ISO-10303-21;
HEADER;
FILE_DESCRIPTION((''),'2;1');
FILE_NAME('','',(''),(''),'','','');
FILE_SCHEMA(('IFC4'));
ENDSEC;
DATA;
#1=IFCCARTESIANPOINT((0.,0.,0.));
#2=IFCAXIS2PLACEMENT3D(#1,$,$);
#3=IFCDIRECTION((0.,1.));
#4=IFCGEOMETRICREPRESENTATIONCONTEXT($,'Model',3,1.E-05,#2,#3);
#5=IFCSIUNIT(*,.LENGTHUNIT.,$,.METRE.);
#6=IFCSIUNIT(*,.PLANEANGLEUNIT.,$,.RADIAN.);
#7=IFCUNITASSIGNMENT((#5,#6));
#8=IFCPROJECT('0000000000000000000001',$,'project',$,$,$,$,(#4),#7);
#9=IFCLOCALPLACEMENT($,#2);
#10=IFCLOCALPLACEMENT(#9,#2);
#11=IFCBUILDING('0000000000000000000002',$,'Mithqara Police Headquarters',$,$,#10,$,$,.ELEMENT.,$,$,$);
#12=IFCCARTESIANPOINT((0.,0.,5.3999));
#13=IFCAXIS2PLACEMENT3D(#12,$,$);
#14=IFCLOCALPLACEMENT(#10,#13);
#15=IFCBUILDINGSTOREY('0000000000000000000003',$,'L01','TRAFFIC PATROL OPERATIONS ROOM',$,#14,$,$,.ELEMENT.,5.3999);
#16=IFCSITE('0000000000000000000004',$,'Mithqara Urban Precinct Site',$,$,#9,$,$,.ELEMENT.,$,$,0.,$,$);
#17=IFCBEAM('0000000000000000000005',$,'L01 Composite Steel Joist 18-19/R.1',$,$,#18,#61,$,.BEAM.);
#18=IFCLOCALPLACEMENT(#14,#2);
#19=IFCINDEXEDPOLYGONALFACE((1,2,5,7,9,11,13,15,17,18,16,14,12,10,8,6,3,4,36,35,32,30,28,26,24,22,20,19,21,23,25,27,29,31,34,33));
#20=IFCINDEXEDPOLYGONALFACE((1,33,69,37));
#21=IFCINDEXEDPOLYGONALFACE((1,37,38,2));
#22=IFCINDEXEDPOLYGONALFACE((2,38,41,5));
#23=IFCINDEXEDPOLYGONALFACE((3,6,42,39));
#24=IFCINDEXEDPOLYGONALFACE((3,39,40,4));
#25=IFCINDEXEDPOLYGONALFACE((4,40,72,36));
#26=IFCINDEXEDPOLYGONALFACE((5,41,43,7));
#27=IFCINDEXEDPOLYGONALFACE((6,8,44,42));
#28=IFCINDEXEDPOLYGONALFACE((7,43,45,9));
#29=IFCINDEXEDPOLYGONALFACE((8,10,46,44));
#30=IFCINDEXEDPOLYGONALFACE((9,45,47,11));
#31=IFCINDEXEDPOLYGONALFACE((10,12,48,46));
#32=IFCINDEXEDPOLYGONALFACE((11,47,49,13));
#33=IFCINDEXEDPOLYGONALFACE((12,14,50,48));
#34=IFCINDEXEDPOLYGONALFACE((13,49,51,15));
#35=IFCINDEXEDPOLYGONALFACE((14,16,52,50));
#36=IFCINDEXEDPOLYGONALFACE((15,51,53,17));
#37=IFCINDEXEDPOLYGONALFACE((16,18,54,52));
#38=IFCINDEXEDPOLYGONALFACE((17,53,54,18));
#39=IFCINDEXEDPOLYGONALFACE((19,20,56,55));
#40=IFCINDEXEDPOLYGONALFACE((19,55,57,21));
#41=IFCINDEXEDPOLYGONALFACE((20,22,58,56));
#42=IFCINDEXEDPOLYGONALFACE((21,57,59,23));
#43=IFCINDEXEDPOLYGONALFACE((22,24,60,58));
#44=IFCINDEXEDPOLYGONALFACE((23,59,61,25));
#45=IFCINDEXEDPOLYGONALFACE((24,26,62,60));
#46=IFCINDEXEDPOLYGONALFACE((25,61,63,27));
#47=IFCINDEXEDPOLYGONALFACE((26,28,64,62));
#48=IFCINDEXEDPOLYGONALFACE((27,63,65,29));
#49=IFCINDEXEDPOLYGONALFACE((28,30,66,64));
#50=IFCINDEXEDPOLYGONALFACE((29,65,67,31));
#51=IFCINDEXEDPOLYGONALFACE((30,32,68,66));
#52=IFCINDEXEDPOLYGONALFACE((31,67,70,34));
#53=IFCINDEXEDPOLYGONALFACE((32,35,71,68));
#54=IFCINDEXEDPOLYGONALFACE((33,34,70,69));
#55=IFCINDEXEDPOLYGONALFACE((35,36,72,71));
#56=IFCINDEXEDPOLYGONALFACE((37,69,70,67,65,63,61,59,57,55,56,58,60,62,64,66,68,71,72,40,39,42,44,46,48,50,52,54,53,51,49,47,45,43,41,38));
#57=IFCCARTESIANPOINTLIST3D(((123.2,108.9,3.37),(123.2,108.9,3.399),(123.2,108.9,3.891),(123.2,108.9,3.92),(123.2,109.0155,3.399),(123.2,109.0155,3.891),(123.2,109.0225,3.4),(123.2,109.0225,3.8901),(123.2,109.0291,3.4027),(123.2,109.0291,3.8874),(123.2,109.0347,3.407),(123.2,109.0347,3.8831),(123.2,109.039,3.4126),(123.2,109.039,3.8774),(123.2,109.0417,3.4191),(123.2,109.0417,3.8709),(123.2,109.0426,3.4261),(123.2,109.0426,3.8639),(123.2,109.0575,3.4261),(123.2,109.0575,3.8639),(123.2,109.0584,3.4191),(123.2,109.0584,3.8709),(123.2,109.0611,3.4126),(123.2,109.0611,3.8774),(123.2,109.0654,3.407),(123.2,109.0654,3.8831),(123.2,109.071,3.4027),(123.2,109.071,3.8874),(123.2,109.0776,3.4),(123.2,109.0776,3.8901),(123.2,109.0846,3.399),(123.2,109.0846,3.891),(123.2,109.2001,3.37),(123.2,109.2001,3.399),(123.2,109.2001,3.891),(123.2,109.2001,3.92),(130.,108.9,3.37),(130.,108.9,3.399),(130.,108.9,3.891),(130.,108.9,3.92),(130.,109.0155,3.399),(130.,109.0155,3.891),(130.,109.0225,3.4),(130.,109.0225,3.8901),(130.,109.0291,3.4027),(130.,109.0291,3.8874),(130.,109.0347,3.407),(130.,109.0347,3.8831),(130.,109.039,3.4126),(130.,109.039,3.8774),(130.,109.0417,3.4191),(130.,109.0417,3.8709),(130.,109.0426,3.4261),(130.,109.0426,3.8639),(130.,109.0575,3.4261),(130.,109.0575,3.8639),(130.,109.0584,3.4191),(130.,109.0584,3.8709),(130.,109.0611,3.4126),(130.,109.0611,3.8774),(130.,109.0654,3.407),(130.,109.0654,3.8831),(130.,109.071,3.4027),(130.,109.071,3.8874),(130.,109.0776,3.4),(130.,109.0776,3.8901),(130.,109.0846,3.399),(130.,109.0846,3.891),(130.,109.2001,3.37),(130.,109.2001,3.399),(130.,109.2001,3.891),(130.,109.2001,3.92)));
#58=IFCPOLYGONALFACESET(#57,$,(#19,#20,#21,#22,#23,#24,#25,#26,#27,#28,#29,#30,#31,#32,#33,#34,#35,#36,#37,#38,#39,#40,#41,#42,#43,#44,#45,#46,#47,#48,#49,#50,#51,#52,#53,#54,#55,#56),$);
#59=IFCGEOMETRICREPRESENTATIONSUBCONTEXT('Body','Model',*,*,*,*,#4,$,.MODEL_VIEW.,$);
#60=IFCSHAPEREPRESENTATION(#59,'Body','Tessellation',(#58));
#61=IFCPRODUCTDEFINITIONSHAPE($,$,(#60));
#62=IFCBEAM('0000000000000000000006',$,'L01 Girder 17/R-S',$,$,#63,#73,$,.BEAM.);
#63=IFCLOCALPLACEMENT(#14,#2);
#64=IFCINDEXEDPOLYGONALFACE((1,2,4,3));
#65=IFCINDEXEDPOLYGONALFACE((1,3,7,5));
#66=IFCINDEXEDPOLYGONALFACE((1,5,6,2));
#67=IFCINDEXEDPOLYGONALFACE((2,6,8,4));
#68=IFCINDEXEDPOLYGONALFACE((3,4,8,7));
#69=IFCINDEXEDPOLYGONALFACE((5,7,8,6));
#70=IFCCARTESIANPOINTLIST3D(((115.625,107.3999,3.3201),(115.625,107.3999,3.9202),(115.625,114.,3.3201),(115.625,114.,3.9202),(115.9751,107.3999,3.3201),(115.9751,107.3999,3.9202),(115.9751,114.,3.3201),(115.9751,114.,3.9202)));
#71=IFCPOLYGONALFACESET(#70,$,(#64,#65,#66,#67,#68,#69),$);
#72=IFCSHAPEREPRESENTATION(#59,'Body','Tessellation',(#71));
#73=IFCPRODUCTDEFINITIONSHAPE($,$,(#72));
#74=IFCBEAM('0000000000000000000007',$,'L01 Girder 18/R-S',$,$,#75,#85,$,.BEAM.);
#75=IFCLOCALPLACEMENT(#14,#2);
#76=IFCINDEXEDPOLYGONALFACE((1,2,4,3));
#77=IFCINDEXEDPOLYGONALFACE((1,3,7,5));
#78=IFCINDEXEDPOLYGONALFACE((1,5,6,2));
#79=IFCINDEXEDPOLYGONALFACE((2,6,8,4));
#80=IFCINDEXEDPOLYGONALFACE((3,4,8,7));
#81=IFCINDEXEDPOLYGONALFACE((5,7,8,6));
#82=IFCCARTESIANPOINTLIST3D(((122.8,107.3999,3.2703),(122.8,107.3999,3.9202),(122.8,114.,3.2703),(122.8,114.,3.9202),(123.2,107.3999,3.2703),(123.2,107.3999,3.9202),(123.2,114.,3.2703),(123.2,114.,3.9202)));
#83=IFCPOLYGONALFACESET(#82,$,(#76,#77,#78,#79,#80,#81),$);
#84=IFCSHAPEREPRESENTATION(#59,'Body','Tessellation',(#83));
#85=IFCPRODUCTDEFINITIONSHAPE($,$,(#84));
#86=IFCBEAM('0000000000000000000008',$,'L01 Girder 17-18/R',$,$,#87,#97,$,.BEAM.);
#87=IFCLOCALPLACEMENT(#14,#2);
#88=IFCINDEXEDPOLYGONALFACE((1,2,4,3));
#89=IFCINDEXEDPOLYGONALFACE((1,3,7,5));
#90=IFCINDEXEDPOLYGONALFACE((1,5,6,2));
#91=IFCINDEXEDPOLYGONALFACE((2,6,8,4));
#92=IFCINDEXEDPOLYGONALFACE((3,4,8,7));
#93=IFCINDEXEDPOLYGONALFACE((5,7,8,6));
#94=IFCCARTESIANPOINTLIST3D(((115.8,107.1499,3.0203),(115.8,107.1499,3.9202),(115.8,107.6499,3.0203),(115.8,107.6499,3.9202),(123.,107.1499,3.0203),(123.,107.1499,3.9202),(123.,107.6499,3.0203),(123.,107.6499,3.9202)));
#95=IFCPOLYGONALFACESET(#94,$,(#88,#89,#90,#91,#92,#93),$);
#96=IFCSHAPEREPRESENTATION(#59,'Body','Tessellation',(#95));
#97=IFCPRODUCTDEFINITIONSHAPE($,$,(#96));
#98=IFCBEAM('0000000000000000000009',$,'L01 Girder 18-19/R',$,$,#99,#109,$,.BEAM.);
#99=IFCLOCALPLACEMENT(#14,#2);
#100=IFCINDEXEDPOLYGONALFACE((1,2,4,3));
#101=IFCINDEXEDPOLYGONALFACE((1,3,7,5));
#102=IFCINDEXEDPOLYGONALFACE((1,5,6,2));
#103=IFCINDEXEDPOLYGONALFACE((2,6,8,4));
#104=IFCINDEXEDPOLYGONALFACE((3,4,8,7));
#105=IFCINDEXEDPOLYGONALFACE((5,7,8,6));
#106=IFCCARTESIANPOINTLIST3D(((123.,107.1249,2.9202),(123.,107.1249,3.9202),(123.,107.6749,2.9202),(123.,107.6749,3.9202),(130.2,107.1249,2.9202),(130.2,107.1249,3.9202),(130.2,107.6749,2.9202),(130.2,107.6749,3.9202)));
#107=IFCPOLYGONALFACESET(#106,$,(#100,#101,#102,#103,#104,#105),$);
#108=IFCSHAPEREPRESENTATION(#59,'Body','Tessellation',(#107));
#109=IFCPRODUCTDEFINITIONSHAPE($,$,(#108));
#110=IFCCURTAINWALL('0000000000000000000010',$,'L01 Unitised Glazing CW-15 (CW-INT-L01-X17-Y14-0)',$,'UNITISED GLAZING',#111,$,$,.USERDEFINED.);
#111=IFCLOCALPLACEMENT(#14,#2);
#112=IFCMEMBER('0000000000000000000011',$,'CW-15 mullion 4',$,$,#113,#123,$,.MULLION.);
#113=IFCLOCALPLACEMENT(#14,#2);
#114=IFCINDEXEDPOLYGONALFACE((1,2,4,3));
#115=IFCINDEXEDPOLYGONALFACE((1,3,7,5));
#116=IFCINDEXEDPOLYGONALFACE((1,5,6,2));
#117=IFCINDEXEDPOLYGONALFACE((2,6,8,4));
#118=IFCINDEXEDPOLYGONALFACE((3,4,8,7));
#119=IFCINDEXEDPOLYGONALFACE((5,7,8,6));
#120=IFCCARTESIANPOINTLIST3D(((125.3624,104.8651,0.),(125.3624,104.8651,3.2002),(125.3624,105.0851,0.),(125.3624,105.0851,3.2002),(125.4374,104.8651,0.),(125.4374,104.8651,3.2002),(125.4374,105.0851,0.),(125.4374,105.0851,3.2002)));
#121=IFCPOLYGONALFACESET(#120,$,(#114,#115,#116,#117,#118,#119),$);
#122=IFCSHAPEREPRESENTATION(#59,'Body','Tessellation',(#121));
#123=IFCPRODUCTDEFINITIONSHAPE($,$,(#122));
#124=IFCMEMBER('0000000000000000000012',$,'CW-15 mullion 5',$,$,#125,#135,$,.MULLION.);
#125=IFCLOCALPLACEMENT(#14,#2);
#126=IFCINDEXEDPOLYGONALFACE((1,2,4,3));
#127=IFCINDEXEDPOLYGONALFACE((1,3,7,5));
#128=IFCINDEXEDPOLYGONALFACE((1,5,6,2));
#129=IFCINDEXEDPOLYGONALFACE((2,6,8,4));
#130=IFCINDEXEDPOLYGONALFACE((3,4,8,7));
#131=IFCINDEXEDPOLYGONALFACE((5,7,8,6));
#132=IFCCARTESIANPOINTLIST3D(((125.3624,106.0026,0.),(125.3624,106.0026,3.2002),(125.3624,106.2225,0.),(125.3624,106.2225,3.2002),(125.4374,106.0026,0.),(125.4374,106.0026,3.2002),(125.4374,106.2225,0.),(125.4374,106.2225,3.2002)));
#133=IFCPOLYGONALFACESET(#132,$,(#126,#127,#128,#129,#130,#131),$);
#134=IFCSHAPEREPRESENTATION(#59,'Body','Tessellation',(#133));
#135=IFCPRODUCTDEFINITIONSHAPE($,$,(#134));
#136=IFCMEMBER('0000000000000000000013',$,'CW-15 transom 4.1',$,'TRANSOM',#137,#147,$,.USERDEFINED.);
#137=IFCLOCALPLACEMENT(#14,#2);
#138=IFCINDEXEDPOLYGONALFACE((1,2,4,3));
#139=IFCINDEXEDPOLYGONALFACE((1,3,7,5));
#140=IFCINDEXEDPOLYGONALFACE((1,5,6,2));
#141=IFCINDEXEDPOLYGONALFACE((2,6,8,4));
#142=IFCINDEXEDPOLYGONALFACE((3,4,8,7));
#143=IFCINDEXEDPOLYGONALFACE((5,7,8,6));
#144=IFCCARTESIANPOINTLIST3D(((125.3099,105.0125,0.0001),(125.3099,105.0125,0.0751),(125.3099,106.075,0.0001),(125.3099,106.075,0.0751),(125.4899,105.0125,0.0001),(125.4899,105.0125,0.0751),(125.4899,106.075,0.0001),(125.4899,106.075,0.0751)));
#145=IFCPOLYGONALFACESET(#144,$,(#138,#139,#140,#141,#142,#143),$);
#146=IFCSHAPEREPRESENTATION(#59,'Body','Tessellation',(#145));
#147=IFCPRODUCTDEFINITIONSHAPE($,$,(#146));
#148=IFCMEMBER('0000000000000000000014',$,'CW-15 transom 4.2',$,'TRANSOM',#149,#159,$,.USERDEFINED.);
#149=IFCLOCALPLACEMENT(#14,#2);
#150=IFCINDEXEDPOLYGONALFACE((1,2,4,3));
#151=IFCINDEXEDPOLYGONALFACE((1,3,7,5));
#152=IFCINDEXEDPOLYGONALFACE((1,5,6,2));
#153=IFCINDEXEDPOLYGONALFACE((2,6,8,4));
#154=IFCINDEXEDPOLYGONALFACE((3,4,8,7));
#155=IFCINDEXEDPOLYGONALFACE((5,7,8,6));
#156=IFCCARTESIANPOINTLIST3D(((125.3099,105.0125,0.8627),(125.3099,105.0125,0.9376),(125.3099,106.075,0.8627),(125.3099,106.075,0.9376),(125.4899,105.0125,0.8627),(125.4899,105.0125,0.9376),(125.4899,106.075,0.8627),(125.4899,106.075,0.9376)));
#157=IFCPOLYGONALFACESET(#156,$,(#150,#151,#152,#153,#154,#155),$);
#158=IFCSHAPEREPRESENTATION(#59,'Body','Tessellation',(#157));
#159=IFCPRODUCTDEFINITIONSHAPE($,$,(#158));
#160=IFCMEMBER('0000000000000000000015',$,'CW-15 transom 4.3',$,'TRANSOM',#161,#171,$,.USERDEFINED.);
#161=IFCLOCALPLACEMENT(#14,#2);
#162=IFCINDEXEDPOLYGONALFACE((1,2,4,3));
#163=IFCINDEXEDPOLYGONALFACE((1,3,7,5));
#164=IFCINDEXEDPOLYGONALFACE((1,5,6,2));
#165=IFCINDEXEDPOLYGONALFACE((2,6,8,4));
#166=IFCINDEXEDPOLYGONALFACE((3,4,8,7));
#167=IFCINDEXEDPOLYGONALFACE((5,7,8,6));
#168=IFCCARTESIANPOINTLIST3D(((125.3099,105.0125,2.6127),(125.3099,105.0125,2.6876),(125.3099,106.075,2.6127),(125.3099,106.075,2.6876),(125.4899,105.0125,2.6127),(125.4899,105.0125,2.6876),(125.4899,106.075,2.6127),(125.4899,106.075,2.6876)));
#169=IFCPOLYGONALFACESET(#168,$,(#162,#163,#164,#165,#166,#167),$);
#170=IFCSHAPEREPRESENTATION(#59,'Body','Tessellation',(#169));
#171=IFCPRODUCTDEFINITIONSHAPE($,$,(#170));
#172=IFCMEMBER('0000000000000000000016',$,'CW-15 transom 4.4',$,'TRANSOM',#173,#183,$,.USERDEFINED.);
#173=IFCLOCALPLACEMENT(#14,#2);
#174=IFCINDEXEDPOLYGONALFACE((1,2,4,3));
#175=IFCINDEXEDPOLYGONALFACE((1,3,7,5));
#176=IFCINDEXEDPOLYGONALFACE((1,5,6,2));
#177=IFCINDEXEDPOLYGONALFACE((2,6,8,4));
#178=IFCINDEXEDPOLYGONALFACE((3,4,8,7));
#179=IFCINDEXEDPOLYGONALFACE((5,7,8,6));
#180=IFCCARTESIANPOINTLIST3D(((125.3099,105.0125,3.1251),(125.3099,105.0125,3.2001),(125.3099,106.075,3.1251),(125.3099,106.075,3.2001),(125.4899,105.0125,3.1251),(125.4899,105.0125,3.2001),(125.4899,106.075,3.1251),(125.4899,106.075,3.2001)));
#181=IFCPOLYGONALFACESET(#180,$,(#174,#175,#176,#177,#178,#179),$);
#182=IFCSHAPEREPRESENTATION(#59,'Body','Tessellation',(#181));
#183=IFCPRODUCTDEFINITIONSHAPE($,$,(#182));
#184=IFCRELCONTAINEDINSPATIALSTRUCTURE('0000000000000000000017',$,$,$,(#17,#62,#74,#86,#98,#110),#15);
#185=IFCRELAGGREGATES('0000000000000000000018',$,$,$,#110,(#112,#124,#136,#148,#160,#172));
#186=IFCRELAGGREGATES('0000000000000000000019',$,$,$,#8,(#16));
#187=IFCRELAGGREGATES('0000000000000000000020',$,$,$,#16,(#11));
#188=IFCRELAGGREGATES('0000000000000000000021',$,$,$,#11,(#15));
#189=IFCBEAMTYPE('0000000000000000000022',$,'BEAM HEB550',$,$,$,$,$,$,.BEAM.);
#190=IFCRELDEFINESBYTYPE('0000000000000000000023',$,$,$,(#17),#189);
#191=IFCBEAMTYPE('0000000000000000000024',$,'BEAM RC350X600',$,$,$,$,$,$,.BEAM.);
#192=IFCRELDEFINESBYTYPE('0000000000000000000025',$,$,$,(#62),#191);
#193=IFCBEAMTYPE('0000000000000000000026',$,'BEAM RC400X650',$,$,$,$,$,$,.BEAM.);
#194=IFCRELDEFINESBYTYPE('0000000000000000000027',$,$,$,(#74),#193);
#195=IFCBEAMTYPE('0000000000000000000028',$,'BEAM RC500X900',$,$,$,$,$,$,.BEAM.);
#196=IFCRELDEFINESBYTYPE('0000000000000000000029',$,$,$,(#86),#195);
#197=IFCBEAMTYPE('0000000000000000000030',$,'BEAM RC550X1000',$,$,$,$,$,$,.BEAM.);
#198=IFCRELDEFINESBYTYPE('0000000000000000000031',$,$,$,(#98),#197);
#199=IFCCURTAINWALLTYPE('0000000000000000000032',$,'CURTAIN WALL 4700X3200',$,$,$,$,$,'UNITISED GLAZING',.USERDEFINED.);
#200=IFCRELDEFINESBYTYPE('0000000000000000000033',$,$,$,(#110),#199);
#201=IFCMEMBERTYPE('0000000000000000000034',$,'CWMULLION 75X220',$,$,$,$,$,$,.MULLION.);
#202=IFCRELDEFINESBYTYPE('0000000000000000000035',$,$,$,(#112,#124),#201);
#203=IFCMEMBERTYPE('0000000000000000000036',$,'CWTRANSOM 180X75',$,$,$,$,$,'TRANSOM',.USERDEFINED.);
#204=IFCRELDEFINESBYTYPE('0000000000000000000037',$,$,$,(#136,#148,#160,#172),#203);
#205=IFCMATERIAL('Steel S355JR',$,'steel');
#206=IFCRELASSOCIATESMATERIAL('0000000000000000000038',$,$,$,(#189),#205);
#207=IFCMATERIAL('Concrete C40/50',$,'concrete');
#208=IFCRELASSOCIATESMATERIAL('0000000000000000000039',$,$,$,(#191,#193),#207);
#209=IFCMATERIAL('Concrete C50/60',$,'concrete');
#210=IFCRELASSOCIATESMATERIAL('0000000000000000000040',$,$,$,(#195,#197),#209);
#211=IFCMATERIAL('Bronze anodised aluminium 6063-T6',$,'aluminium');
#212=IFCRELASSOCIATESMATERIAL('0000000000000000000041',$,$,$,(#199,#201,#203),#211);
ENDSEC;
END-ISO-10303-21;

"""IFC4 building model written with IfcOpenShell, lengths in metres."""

from ifc_helpers import new_model, si_unit, direction, frame, origin, origin_2d, place, context, subcontext, project, spatial, rectangle, i_section, extrude, material, material_profile, profile_set, type_object, element, aggregate, save


model = new_model("IFC4")

# Units and contexts
model_context = context("Model", 3, precision=1e-05, world=origin(), true_north=direction((0.0, 1.0)))
body_context = subcontext(model_context, "Body", "Model", "MODEL_VIEW")
ifc_project = project(units=[si_unit("LENGTHUNIT", "METRE"), si_unit("PLANEANGLEUNIT", "RADIAN")], contexts=[model_context])

# Site, building, storey
site_placement = place(None, origin())
site = spatial("IfcSite", under=ifc_project, at=site_placement, Name="Mithqara Urban Precinct Site", CompositionType="ELEMENT", RefElevation=0.0)
building_placement = place(site_placement, origin())
building = spatial("IfcBuilding", under=site, at=building_placement, Name="Mithqara Police Headquarters", CompositionType="ELEMENT")
storey_placement = place(building_placement, frame((0.0, 0.0, 5.3999)))
storey = spatial("IfcBuildingStorey", under=building, at=storey_placement, Name="L01", Description="TRAFFIC PATROL OPERATIONS ROOM", CompositionType="ELEMENT", Elevation=5.3999)

# Shared definitions
ifc_material_1 = material(Name="Concrete C50/60", Category="concrete")

# Beams
ifc_material_2 = material(Name="Steel S355JR", Category="steel")
ifc_material_profile_1 = material_profile(ifc_material_2, i_section(OverallWidth=0.3, OverallDepth=0.55, WebThickness=0.0149, FlangeThickness=0.0291, FilletRadius=0.0271, at=origin_2d()), Name="HEB 550")
ifc_profile_set_1 = profile_set([ifc_material_profile_1], Name="Steel S355JR")
beam_type_1 = type_object("IfcBeamType", Name="BEAM HEB550", PredefinedType="BEAM", material=ifc_profile_set_1)
beam_1_placement = place(storey_placement, frame((123.2, 109.05, 3.645), z_axis=(1.0, 0.0, 0.0), x_axis=(0.0, 1.0, 0.0)))
element("IfcBeam", 1, at=beam_1_placement, inside=storey, type_object=beam_type_1, Name="L01 Composite Steel Joist 18-19/R.1", PredefinedType="BEAM", context=body_context, shape_type="SweptSolid", body=[
    extrude(i_section(OverallWidth=0.3, OverallDepth=0.55, WebThickness=0.0149, FlangeThickness=0.0291, FilletRadius=0.0271, at=origin_2d()), origin(), (0.0, 0.0, 1.0), 6.8),
])
ifc_material_3 = material(Name="Concrete C40/50", Category="concrete")
ifc_material_profile_2 = material_profile(ifc_material_3, rectangle(XDim=0.3501, YDim=0.6001, at=origin_2d()), Name="RC 350x600")
ifc_profile_set_2 = profile_set([ifc_material_profile_2], Name="Concrete C40/50")
beam_type_2 = type_object("IfcBeamType", Name="BEAM RC350X600", PredefinedType="BEAM", material=ifc_profile_set_2)
beam_2_placement = place(storey_placement, frame((115.8, 107.3999, 3.6201), z_axis=(0.0, 1.0, 0.0), x_axis=(-1.0, 0.0, 0.0)))
element("IfcBeam", 2, at=beam_2_placement, inside=storey, type_object=beam_type_2, Name="L01 Girder 17/R-S", PredefinedType="BEAM", context=body_context, shape_type="SweptSolid", body=[
    extrude(rectangle(XDim=0.3501, YDim=0.6001, at=origin_2d()), origin(), (0.0, 0.0, 1.0), 6.6001),
])
ifc_material_profile_3 = material_profile(ifc_material_3, rectangle(XDim=0.3999, YDim=0.6499, at=origin_2d()), Name="RC 400x650")
ifc_profile_set_3 = profile_set([ifc_material_profile_3], Name="Concrete C40/50")
beam_type_3 = type_object("IfcBeamType", Name="BEAM RC400X650", PredefinedType="BEAM", material=ifc_profile_set_3)
beam_3_placement = place(storey_placement, frame((123.0, 107.3999, 3.5952), z_axis=(0.0, 1.0, 0.0), x_axis=(-1.0, 0.0, 0.0)))
element("IfcBeam", 3, at=beam_3_placement, inside=storey, type_object=beam_type_3, Name="L01 Girder 18/R-S", PredefinedType="BEAM", context=body_context, shape_type="SweptSolid", body=[
    extrude(rectangle(XDim=0.3999, YDim=0.6499, at=origin_2d()), origin(), (0.0, 0.0, 1.0), 6.6001),
])
ifc_material_profile_4 = material_profile(ifc_material_1, rectangle(XDim=0.5, YDim=0.8999, at=origin_2d()), Name="RC 500x900")
ifc_profile_set_4 = profile_set([ifc_material_profile_4], Name="Concrete C50/60")
beam_type_4 = type_object("IfcBeamType", Name="BEAM RC500X900", PredefinedType="BEAM", material=ifc_profile_set_4)
beam_4_placement = place(storey_placement, frame((115.8, 107.3999, 3.4702), z_axis=(1.0, 0.0, 0.0), x_axis=(0.0, 1.0, 0.0)))
element("IfcBeam", 4, at=beam_4_placement, inside=storey, type_object=beam_type_4, Name="L01 Girder 17-18/R", PredefinedType="BEAM", context=body_context, shape_type="SweptSolid", body=[
    extrude(rectangle(XDim=0.5, YDim=0.8999, at=origin_2d()), origin(), (0.0, 0.0, 1.0), 7.2),
])
ifc_material_profile_5 = material_profile(ifc_material_1, rectangle(XDim=0.55, YDim=1.0, at=origin_2d()), Name="RC 550x1000")
ifc_profile_set_5 = profile_set([ifc_material_profile_5], Name="Concrete C50/60")
beam_type_5 = type_object("IfcBeamType", Name="BEAM RC550X1000", PredefinedType="BEAM", material=ifc_profile_set_5)
beam_5_placement = place(storey_placement, frame((123.0, 107.3999, 3.4202), z_axis=(1.0, 0.0, 0.0), x_axis=(0.0, 1.0, 0.0)))
element("IfcBeam", 5, at=beam_5_placement, inside=storey, type_object=beam_type_5, Name="L01 Girder 18-19/R", PredefinedType="BEAM", context=body_context, shape_type="SweptSolid", body=[
    extrude(rectangle(XDim=0.55, YDim=1.0, at=origin_2d()), origin(), (0.0, 0.0, 1.0), 7.2),
])

# Curtain wall, members
ifc_material_4 = material(Name="Bronze anodised aluminium 6063-T6", Category="aluminium")
curtain_wall_type = type_object("IfcCurtainWallType", Name="CURTAIN WALL 4700X3200", ElementType="UNITISED GLAZING", PredefinedType="USERDEFINED", material=ifc_material_4)
curtain_wall_placement = place(storey_placement, origin())
curtain_wall = element("IfcCurtainWall", 6, at=curtain_wall_placement, inside=storey, type_object=curtain_wall_type, Name="L01 Unitised Glazing CW-15 (CW-INT-L01-X17-Y14-0)", ObjectType="UNITISED GLAZING", PredefinedType="USERDEFINED")
ifc_material_profile_6 = material_profile(ifc_material_4, rectangle(XDim=0.075, YDim=0.22, at=origin_2d()), Name="CWM 75x220")
ifc_profile_set_6 = profile_set([ifc_material_profile_6], Name="Bronze anodised aluminium 6063-T6")
member_type_1 = type_object("IfcMemberType", Name="CWMULLION 75X220", PredefinedType="MULLION", material=ifc_profile_set_6)
member_1_placement = place(storey_placement, frame((125.3999, 104.9751, 0.0), z_axis=(0.0, 0.0, 1.0), x_axis=(-1.0, 0.0, 0.0)))
member_1 = element("IfcMember", 7, at=member_1_placement, type_object=member_type_1, Name="CW-15 mullion 4", PredefinedType="MULLION", context=body_context, shape_type="SweptSolid", body=[
    extrude(rectangle(XDim=0.075, YDim=0.22, at=origin_2d()), origin(), (0.0, 0.0, 1.0), 3.2002),
])
member_2_placement = place(storey_placement, frame((125.3999, 106.1125, 0.0), z_axis=(0.0, 0.0, 1.0), x_axis=(-1.0, 0.0, 0.0)))
member_2 = element("IfcMember", 8, at=member_2_placement, type_object=member_type_1, Name="CW-15 mullion 5", PredefinedType="MULLION", context=body_context, shape_type="SweptSolid", body=[
    extrude(rectangle(XDim=0.075, YDim=0.22, at=origin_2d()), origin(), (0.0, 0.0, 1.0), 3.2002),
])
ifc_material_profile_7 = material_profile(ifc_material_4, rectangle(XDim=0.1799, YDim=0.075, at=origin_2d()), Name="CWT 180x75")
ifc_profile_set_7 = profile_set([ifc_material_profile_7], Name="Bronze anodised aluminium 6063-T6")
member_type_2 = type_object("IfcMemberType", Name="CWTRANSOM 180X75", ElementType="TRANSOM", PredefinedType="USERDEFINED", material=ifc_profile_set_7)
member_3_placement = place(storey_placement, frame((125.3999, 105.0125, 0.0376), z_axis=(0.0, 1.0, 0.0), x_axis=(-1.0, 0.0, 0.0)))
member_3 = element("IfcMember", 9, at=member_3_placement, type_object=member_type_2, Name="CW-15 transom 4.1", ObjectType="TRANSOM", PredefinedType="USERDEFINED", context=body_context, shape_type="SweptSolid", body=[
    extrude(rectangle(XDim=0.1799, YDim=0.075, at=origin_2d()), origin(), (0.0, 0.0, 1.0), 1.0625),
])
member_4_placement = place(storey_placement, frame((125.3999, 105.0125, 0.9001), z_axis=(0.0, 1.0, 0.0), x_axis=(-1.0, 0.0, 0.0)))
member_4 = element("IfcMember", 10, at=member_4_placement, type_object=member_type_2, Name="CW-15 transom 4.2", ObjectType="TRANSOM", PredefinedType="USERDEFINED", context=body_context, shape_type="SweptSolid", body=[
    extrude(rectangle(XDim=0.1799, YDim=0.075, at=origin_2d()), origin(), (0.0, 0.0, 1.0), 1.0625),
])
member_5_placement = place(storey_placement, frame((125.3999, 105.0125, 2.6501), z_axis=(0.0, 1.0, 0.0), x_axis=(-1.0, 0.0, 0.0)))
member_5 = element("IfcMember", 11, at=member_5_placement, type_object=member_type_2, Name="CW-15 transom 4.3", ObjectType="TRANSOM", PredefinedType="USERDEFINED", context=body_context, shape_type="SweptSolid", body=[
    extrude(rectangle(XDim=0.1799, YDim=0.075, at=origin_2d()), origin(), (0.0, 0.0, 1.0), 1.0625),
])
member_6_placement = place(storey_placement, frame((125.3999, 105.0125, 3.1626), z_axis=(0.0, 1.0, 0.0), x_axis=(-1.0, 0.0, 0.0)))
member_6 = element("IfcMember", 12, at=member_6_placement, type_object=member_type_2, Name="CW-15 transom 4.4", ObjectType="TRANSOM", PredefinedType="USERDEFINED", context=body_context, shape_type="SweptSolid", body=[
    extrude(rectangle(XDim=0.1799, YDim=0.075, at=origin_2d()), origin(), (0.0, 0.0, 1.0), 1.0625),
])
aggregate(curtain_wall, [member_1, member_2, member_3, member_4, member_5, member_6])

save(model, "model.ifc")
